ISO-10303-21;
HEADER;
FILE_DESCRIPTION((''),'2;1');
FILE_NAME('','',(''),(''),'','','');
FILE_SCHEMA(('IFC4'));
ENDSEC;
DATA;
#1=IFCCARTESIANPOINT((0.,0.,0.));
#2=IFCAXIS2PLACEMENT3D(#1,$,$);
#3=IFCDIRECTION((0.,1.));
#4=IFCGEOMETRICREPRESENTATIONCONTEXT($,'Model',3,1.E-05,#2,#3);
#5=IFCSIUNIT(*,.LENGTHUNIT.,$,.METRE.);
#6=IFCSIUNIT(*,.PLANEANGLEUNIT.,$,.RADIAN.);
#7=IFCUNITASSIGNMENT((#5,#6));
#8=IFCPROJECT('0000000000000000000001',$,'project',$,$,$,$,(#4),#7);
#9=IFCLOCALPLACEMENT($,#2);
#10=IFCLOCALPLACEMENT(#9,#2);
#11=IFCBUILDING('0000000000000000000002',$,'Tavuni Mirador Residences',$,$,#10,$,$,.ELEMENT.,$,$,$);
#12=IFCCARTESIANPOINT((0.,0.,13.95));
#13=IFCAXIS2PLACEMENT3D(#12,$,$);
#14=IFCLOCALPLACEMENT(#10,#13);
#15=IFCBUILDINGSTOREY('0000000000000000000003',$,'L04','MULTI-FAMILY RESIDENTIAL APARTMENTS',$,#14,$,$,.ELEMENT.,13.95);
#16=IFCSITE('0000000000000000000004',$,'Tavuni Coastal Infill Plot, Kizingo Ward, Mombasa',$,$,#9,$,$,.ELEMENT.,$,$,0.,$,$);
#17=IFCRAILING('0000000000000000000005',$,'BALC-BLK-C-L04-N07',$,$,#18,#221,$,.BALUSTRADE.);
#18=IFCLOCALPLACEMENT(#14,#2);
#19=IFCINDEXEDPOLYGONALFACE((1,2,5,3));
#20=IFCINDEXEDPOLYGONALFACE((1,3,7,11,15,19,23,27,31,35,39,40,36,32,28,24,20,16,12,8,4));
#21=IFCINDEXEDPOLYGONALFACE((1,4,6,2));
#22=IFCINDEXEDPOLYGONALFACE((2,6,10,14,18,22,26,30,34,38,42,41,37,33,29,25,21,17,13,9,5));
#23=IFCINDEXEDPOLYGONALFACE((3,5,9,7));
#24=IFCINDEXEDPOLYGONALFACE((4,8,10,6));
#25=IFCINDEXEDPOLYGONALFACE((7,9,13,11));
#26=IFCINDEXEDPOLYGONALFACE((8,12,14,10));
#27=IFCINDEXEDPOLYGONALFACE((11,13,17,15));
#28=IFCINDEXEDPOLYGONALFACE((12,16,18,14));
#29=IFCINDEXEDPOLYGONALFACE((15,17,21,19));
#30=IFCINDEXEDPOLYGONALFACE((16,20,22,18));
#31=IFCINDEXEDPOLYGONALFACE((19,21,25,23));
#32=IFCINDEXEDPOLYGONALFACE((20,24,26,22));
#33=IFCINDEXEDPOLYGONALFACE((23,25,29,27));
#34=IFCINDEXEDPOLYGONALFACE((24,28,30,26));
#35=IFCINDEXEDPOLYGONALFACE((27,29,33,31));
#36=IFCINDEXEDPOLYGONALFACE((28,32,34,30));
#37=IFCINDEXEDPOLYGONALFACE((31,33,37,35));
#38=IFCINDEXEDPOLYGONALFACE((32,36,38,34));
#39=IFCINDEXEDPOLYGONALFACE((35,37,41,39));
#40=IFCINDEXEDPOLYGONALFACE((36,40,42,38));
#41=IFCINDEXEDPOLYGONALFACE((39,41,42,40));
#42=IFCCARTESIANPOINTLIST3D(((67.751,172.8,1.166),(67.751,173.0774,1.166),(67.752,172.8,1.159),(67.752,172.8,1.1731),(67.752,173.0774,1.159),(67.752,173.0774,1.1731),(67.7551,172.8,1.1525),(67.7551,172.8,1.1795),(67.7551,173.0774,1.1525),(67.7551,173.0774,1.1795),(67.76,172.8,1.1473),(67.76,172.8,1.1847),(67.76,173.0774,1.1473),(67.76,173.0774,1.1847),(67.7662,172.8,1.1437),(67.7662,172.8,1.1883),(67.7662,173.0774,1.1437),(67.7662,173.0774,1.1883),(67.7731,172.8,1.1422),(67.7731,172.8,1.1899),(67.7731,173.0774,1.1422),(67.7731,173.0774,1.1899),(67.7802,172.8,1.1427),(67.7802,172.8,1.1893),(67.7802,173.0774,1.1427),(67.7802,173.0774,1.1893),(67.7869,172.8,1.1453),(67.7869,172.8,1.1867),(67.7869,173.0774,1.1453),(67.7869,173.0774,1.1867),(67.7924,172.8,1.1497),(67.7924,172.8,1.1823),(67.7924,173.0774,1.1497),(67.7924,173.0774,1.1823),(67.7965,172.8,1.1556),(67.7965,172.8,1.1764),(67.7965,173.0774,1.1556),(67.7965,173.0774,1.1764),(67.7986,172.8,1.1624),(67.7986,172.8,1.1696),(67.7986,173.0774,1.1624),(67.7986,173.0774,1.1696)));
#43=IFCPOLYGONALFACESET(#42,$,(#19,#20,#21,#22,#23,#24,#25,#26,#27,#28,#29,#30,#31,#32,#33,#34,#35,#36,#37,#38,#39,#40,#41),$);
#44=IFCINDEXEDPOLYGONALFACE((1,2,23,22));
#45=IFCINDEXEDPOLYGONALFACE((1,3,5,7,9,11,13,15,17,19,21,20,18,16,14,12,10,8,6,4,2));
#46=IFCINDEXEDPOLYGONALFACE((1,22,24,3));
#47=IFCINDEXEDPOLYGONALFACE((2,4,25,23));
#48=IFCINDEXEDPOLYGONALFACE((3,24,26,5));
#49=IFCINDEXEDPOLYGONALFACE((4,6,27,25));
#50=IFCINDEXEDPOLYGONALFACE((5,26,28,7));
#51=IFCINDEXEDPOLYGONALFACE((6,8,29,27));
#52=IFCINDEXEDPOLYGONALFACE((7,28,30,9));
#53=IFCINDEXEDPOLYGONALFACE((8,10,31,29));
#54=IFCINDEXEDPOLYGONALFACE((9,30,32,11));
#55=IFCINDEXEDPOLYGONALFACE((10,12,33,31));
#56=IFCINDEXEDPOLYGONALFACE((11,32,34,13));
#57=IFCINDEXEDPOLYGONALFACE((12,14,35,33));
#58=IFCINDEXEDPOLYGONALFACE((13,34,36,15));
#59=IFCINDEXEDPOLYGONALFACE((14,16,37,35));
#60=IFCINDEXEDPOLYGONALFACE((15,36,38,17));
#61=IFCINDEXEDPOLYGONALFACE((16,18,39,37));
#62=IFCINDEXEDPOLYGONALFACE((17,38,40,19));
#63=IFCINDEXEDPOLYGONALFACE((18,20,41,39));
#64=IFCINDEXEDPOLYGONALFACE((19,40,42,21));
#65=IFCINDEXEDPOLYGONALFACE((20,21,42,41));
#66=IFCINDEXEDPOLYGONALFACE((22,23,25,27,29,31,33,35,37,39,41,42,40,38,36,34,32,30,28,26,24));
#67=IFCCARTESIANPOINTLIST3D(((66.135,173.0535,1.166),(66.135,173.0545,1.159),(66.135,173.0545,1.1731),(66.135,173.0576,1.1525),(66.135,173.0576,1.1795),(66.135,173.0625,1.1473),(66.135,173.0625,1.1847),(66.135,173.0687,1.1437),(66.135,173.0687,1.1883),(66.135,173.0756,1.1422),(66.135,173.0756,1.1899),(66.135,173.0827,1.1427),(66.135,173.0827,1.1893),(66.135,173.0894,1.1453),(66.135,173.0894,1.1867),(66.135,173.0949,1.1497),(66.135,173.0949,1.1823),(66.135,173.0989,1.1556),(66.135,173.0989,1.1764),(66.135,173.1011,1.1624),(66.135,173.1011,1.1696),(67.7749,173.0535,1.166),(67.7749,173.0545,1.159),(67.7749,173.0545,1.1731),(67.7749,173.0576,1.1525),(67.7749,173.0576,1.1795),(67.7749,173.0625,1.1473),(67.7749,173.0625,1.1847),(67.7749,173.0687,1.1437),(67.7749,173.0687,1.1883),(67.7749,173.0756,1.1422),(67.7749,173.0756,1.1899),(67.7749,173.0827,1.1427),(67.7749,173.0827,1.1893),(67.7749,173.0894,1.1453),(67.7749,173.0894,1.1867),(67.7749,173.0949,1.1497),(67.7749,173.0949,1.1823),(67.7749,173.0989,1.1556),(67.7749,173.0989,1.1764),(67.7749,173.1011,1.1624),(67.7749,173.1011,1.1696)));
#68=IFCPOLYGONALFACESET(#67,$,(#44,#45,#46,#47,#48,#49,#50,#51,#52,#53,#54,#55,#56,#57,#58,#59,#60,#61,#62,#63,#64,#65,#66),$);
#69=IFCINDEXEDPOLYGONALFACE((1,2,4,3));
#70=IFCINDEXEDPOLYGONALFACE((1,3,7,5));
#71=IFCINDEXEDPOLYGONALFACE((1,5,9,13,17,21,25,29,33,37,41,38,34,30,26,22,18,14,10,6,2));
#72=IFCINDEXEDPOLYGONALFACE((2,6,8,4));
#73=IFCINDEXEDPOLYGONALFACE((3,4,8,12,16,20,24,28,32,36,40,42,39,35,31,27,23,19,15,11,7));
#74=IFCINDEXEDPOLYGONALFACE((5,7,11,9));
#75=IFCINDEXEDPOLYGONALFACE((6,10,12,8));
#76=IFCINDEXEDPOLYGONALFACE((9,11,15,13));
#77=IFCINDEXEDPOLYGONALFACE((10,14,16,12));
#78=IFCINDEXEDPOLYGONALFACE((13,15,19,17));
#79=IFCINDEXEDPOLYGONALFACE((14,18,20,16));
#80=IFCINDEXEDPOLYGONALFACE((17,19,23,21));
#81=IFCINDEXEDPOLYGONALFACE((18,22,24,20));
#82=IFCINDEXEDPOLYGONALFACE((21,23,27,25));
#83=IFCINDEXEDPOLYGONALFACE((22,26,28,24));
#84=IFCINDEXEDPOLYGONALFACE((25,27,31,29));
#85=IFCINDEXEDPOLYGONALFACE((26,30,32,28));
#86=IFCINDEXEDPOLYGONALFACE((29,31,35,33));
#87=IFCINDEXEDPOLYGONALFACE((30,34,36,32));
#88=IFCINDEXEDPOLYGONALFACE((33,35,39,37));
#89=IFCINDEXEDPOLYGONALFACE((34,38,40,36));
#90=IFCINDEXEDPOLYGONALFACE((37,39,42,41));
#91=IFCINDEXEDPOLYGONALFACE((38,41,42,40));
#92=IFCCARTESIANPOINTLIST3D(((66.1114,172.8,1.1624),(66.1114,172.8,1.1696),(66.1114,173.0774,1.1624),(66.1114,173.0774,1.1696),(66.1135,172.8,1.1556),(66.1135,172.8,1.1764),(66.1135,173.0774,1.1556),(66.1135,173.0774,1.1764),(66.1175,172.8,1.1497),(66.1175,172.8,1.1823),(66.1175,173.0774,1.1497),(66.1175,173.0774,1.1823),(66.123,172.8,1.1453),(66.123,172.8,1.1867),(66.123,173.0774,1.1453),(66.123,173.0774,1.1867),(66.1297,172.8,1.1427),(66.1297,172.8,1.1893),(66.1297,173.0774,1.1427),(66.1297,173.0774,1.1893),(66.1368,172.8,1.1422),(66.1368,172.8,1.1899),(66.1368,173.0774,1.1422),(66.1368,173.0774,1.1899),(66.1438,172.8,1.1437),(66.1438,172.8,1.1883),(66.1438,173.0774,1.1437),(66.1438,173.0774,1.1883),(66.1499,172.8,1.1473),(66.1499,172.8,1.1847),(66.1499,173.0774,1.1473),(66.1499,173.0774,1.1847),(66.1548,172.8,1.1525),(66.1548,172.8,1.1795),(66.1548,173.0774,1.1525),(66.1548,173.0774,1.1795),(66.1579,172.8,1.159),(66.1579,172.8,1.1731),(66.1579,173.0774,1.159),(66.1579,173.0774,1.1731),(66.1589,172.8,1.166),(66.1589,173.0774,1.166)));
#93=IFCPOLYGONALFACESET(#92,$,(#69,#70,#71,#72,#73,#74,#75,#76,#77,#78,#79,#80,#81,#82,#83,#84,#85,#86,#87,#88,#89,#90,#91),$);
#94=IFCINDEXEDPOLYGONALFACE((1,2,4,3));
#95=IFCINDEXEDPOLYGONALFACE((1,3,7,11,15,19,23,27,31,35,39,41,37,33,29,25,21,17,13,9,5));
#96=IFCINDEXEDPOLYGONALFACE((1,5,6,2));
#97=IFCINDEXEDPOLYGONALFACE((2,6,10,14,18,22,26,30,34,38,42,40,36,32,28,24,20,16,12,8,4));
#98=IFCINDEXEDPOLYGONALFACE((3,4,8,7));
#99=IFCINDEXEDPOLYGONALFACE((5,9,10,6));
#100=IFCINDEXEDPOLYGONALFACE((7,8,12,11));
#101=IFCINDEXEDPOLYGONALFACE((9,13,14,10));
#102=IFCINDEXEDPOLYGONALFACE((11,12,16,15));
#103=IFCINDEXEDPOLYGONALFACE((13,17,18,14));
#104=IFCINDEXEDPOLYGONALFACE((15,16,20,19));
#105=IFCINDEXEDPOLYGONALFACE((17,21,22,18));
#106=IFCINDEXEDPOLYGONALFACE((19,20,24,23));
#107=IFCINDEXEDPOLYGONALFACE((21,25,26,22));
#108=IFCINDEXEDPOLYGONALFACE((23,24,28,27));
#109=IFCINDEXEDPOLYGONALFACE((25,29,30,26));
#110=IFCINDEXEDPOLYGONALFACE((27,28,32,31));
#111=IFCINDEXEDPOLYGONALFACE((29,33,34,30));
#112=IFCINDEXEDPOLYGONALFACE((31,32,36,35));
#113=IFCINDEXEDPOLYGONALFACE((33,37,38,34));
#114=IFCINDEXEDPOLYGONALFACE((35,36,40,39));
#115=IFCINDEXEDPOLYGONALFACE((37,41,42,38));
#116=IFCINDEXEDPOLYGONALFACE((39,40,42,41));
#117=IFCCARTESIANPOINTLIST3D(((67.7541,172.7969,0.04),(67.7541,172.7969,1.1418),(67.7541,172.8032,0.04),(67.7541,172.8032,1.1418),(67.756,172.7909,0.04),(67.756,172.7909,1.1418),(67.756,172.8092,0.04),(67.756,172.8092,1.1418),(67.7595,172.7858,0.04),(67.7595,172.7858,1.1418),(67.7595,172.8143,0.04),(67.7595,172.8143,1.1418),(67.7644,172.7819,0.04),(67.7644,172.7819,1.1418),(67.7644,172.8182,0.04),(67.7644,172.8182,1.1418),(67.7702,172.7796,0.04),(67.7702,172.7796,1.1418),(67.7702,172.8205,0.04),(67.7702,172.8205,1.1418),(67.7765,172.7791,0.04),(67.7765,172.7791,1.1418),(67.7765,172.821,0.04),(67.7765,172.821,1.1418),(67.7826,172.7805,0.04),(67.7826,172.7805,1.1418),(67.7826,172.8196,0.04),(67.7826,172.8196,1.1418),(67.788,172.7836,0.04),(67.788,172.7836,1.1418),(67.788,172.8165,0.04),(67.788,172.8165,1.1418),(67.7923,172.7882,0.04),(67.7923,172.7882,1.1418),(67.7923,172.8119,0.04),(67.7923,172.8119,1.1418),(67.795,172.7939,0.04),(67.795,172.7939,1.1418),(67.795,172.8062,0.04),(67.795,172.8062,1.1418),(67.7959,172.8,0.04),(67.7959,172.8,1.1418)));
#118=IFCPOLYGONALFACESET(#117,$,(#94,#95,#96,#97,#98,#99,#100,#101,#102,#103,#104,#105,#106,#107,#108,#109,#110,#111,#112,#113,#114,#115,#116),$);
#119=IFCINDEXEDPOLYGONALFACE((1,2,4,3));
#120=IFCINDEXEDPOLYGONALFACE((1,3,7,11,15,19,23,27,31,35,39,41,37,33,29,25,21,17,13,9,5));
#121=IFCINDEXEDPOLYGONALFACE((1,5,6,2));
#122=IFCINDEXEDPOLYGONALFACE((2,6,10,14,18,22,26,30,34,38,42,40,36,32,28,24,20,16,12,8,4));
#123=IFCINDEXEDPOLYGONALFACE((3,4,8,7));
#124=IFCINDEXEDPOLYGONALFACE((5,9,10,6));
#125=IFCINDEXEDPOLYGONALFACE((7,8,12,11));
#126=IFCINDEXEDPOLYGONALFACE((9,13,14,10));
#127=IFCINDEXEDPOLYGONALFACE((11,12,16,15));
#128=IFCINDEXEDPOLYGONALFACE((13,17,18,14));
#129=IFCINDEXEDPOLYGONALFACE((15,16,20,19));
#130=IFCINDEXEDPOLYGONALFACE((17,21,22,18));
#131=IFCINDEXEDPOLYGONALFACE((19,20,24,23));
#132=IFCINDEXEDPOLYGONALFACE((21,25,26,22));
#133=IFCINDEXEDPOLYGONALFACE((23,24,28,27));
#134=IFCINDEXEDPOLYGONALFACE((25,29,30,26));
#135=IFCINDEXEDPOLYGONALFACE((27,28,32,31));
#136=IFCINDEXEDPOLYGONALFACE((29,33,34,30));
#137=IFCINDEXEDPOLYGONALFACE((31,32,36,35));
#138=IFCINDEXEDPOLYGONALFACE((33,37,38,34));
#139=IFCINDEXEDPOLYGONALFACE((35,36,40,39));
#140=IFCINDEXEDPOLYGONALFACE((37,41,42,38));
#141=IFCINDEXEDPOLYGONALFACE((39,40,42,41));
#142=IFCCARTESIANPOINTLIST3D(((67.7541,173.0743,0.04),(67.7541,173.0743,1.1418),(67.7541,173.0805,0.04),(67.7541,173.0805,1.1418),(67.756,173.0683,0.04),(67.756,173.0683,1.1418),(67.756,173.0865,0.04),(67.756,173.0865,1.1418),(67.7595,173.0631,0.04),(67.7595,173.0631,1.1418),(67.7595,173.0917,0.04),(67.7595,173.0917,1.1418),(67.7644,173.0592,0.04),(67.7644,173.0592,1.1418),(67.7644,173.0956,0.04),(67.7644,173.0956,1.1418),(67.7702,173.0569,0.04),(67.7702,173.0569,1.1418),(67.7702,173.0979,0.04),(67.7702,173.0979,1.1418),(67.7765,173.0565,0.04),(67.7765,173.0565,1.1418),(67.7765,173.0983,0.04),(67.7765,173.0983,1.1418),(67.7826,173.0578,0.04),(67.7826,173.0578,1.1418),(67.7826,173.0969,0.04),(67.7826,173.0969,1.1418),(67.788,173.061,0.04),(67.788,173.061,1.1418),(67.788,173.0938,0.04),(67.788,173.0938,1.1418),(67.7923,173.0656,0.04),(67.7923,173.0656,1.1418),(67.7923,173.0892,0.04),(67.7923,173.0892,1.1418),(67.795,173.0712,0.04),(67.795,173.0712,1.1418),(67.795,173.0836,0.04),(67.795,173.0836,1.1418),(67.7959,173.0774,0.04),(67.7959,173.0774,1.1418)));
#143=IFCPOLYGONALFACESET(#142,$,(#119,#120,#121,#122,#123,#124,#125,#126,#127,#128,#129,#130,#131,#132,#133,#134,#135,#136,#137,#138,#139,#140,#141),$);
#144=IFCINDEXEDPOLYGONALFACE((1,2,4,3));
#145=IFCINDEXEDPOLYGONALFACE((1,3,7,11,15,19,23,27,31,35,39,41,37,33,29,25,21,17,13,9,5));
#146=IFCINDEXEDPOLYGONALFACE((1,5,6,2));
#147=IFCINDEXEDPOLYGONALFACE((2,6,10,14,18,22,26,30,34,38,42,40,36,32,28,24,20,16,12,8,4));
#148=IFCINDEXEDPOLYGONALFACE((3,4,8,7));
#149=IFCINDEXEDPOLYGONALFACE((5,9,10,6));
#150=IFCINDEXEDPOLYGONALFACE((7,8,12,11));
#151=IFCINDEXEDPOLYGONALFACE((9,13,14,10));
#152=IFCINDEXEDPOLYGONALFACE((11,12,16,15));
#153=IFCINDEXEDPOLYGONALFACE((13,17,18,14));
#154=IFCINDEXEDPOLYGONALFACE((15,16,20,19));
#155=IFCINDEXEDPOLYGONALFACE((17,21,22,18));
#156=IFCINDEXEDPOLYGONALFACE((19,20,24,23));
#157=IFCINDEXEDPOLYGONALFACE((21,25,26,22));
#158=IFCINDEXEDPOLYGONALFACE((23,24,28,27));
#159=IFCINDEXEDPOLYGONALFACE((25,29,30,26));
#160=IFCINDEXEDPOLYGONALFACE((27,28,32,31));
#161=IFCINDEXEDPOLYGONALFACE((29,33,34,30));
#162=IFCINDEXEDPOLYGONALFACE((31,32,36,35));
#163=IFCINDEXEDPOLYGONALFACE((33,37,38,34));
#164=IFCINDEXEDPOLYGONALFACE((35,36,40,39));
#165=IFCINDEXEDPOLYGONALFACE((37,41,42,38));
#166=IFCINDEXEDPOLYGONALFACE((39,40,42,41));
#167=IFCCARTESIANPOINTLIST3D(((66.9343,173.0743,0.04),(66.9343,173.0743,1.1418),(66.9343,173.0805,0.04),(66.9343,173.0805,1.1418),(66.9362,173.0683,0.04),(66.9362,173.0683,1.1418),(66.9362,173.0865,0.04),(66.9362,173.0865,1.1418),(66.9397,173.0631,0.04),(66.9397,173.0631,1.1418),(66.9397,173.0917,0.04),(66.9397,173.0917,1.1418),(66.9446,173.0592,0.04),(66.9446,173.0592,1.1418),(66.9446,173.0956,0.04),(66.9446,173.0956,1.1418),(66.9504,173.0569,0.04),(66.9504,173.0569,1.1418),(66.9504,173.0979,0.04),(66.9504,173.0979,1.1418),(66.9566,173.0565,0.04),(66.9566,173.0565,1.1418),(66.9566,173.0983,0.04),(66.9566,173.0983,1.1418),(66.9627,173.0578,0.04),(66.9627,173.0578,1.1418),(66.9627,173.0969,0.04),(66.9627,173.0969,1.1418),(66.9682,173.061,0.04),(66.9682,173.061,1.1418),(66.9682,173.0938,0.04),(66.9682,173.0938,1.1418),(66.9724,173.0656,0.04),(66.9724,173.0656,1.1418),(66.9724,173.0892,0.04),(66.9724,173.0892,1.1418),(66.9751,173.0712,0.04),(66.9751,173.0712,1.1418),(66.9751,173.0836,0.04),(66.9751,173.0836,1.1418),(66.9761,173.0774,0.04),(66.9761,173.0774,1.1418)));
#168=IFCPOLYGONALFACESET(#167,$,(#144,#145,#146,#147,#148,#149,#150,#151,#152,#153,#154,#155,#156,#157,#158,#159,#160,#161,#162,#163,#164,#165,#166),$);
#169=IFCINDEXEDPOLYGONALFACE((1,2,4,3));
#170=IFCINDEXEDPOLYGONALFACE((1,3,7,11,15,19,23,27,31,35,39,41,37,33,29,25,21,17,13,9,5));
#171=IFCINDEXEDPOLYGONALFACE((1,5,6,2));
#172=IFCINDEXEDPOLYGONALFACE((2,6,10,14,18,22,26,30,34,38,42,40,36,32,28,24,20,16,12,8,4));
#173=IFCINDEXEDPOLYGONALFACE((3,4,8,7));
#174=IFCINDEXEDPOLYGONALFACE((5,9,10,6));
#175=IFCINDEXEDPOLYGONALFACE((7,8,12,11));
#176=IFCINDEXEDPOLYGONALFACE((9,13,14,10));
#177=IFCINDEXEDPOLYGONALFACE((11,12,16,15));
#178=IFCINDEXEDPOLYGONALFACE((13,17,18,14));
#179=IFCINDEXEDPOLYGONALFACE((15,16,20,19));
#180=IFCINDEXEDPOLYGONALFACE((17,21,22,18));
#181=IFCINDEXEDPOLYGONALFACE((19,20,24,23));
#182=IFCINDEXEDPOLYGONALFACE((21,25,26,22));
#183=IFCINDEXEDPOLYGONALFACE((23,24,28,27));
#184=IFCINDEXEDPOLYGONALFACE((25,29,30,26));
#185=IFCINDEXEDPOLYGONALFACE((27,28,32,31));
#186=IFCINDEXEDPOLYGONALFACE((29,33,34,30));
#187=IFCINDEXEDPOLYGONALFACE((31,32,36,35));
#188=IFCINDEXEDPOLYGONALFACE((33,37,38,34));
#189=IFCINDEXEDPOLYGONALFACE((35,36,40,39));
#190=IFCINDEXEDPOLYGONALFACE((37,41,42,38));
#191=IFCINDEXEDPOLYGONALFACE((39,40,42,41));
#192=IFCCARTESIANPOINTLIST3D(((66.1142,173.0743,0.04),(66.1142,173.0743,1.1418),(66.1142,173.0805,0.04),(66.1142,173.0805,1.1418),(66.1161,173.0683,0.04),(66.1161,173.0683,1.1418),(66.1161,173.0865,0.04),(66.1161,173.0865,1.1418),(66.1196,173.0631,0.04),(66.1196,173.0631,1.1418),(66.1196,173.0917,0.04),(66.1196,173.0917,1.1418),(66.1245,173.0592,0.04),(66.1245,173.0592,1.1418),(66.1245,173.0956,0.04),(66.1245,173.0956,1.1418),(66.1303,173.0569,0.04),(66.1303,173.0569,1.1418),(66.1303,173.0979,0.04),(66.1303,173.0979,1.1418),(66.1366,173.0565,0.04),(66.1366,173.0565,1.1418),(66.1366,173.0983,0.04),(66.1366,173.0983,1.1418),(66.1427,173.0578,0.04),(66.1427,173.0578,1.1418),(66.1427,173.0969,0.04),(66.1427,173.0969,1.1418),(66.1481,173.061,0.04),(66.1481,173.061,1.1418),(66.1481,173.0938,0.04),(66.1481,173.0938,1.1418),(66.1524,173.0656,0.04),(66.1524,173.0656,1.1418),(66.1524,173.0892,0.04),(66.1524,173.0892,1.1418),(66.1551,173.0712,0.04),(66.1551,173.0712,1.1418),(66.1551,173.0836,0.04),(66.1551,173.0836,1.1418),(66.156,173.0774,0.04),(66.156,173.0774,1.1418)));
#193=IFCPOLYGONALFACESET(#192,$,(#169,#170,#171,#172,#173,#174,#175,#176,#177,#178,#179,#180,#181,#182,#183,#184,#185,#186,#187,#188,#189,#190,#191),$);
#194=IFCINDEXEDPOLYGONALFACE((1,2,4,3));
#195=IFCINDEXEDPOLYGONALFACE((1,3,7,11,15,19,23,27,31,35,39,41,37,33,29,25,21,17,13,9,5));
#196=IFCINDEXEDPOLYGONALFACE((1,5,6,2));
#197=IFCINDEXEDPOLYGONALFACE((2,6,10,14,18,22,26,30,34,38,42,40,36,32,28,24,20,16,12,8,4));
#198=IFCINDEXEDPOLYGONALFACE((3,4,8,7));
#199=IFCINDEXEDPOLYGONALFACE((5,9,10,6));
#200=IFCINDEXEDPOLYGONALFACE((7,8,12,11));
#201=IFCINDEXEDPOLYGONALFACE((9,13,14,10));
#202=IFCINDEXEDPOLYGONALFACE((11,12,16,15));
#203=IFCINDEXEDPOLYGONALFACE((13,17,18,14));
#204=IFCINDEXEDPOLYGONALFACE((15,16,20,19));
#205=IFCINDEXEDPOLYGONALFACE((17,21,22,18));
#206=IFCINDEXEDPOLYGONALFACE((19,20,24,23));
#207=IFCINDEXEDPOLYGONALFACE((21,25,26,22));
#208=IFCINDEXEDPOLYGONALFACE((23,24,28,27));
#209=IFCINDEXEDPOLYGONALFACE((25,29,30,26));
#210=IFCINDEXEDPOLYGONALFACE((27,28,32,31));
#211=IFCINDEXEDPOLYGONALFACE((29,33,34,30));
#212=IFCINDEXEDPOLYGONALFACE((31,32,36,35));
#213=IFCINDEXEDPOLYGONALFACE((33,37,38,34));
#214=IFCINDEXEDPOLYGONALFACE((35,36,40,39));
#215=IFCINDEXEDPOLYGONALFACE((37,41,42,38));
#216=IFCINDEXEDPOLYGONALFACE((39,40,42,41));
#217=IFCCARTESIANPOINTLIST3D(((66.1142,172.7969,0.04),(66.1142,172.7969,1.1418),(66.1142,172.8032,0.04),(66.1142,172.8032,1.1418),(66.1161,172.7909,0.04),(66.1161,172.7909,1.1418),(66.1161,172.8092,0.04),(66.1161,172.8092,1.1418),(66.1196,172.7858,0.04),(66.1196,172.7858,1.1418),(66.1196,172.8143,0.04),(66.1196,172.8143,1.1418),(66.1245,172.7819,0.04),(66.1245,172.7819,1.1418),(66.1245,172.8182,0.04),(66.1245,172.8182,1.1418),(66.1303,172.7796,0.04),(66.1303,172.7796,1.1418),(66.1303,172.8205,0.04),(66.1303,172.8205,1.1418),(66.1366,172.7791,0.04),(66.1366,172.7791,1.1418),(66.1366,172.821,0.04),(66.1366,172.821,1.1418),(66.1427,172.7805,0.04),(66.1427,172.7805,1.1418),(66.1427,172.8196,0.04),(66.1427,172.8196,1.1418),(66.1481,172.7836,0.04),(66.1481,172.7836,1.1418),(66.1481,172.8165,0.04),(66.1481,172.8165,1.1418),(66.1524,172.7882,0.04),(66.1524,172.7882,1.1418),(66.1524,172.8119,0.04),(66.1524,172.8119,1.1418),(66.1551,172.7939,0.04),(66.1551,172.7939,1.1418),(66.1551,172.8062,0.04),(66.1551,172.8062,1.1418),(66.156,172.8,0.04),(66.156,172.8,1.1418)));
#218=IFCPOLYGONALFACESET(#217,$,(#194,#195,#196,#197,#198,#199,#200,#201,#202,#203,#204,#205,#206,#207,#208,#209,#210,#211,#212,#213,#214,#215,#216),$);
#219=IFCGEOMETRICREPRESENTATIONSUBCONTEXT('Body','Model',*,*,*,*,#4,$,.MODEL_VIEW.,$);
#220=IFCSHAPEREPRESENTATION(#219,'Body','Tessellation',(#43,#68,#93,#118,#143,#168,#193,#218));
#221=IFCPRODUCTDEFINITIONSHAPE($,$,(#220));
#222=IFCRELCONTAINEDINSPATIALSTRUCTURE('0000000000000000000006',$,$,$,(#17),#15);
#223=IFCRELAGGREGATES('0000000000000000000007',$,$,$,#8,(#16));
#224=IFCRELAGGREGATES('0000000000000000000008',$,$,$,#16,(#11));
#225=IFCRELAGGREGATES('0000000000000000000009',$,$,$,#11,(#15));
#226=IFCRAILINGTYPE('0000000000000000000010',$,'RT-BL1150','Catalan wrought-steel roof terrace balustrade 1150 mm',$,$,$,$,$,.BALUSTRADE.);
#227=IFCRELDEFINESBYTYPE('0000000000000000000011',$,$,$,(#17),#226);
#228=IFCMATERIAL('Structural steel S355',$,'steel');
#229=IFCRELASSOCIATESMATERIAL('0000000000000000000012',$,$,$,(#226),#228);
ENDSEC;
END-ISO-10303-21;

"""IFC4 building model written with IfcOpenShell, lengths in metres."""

from ifc_helpers import new_model, si_unit, direction, frame, origin, origin_2d, place, context, subcontext, project, spatial, circle, extrude, material, type_object, element, save


model = new_model("IFC4")

# Units and contexts
model_context = context("Model", 3, precision=1e-05, world=origin(), true_north=direction((0.0, 1.0)))
body_context = subcontext(model_context, "Body", "Model", "MODEL_VIEW")
ifc_project = project(units=[si_unit("LENGTHUNIT", "METRE"), si_unit("PLANEANGLEUNIT", "RADIAN")], contexts=[model_context])

# Site, building, storey
site_placement = place(None, origin())
site = spatial("IfcSite", under=ifc_project, at=site_placement, Name="Tavuni Coastal Infill Plot, Kizingo Ward, Mombasa", CompositionType="ELEMENT", RefElevation=0.0)
building_placement = place(site_placement, origin())
building = spatial("IfcBuilding", under=site, at=building_placement, Name="Tavuni Mirador Residences", CompositionType="ELEMENT")
storey_placement = place(building_placement, frame((0.0, 0.0, 13.95)))
storey = spatial("IfcBuildingStorey", under=building, at=storey_placement, Name="L04", Description="MULTI-FAMILY RESIDENTIAL APARTMENTS", CompositionType="ELEMENT", Elevation=13.95)

# Railing
ifc_material_1 = material(Name="Structural steel S355", Category="steel")
railing_type = type_object("IfcRailingType", Name="RT-BL1150", Description="Catalan wrought-steel roof terrace balustrade 1150 mm", PredefinedType="BALUSTRADE", material=ifc_material_1)
railing_placement = place(storey_placement, frame((67.7749, 172.8, 0.04)))
element("IfcRailing", 1, at=railing_placement, inside=storey, type_object=railing_type, Name="BALC-BLK-C-L04-N07", PredefinedType="BALUSTRADE", context=body_context, shape_type="SweptSolid", body=[
    extrude(circle(Radius=0.0239, at=origin_2d()), frame((0.0, 0.0, 1.126), z_axis=(0.0, 1.0, 0.0), x_axis=(-1.0, 0.0, 0.0)), (0.0, 0.0, 1.0), 0.2773),
    extrude(circle(Radius=0.0239, at=origin_2d()), frame((0.0, 0.2773, 1.126), z_axis=(-1.0, 0.0, 0.0), x_axis=(0.0, -1.0, 0.0)), (0.0, 0.0, 1.0), 1.6399),
    extrude(circle(Radius=0.0239, at=origin_2d()), frame((-1.6399, 0.2773, 1.126), z_axis=(0.0, -1.0, 0.0), x_axis=(1.0, 0.0, 0.0)), (0.0, 0.0, 1.0), 0.2773),
    extrude(circle(Radius=0.021, at=origin_2d()), origin(), (0.0, 0.0, 1.0), 1.1018),
    extrude(circle(Radius=0.021, at=origin_2d()), frame((0.0, 0.2773, 0.0)), (0.0, 0.0, 1.0), 1.1018),
    extrude(circle(Radius=0.021, at=origin_2d()), frame((-0.8198, 0.2773, 0.0)), (0.0, 0.0, 1.0), 1.1018),
    extrude(circle(Radius=0.021, at=origin_2d()), frame((-1.6399, 0.2773, 0.0)), (0.0, 0.0, 1.0), 1.1018),
    extrude(circle(Radius=0.021, at=origin_2d()), frame((-1.6399, 0.0, 0.0)), (0.0, 0.0, 1.0), 1.1018),
])

save(model, "model.ifc")
